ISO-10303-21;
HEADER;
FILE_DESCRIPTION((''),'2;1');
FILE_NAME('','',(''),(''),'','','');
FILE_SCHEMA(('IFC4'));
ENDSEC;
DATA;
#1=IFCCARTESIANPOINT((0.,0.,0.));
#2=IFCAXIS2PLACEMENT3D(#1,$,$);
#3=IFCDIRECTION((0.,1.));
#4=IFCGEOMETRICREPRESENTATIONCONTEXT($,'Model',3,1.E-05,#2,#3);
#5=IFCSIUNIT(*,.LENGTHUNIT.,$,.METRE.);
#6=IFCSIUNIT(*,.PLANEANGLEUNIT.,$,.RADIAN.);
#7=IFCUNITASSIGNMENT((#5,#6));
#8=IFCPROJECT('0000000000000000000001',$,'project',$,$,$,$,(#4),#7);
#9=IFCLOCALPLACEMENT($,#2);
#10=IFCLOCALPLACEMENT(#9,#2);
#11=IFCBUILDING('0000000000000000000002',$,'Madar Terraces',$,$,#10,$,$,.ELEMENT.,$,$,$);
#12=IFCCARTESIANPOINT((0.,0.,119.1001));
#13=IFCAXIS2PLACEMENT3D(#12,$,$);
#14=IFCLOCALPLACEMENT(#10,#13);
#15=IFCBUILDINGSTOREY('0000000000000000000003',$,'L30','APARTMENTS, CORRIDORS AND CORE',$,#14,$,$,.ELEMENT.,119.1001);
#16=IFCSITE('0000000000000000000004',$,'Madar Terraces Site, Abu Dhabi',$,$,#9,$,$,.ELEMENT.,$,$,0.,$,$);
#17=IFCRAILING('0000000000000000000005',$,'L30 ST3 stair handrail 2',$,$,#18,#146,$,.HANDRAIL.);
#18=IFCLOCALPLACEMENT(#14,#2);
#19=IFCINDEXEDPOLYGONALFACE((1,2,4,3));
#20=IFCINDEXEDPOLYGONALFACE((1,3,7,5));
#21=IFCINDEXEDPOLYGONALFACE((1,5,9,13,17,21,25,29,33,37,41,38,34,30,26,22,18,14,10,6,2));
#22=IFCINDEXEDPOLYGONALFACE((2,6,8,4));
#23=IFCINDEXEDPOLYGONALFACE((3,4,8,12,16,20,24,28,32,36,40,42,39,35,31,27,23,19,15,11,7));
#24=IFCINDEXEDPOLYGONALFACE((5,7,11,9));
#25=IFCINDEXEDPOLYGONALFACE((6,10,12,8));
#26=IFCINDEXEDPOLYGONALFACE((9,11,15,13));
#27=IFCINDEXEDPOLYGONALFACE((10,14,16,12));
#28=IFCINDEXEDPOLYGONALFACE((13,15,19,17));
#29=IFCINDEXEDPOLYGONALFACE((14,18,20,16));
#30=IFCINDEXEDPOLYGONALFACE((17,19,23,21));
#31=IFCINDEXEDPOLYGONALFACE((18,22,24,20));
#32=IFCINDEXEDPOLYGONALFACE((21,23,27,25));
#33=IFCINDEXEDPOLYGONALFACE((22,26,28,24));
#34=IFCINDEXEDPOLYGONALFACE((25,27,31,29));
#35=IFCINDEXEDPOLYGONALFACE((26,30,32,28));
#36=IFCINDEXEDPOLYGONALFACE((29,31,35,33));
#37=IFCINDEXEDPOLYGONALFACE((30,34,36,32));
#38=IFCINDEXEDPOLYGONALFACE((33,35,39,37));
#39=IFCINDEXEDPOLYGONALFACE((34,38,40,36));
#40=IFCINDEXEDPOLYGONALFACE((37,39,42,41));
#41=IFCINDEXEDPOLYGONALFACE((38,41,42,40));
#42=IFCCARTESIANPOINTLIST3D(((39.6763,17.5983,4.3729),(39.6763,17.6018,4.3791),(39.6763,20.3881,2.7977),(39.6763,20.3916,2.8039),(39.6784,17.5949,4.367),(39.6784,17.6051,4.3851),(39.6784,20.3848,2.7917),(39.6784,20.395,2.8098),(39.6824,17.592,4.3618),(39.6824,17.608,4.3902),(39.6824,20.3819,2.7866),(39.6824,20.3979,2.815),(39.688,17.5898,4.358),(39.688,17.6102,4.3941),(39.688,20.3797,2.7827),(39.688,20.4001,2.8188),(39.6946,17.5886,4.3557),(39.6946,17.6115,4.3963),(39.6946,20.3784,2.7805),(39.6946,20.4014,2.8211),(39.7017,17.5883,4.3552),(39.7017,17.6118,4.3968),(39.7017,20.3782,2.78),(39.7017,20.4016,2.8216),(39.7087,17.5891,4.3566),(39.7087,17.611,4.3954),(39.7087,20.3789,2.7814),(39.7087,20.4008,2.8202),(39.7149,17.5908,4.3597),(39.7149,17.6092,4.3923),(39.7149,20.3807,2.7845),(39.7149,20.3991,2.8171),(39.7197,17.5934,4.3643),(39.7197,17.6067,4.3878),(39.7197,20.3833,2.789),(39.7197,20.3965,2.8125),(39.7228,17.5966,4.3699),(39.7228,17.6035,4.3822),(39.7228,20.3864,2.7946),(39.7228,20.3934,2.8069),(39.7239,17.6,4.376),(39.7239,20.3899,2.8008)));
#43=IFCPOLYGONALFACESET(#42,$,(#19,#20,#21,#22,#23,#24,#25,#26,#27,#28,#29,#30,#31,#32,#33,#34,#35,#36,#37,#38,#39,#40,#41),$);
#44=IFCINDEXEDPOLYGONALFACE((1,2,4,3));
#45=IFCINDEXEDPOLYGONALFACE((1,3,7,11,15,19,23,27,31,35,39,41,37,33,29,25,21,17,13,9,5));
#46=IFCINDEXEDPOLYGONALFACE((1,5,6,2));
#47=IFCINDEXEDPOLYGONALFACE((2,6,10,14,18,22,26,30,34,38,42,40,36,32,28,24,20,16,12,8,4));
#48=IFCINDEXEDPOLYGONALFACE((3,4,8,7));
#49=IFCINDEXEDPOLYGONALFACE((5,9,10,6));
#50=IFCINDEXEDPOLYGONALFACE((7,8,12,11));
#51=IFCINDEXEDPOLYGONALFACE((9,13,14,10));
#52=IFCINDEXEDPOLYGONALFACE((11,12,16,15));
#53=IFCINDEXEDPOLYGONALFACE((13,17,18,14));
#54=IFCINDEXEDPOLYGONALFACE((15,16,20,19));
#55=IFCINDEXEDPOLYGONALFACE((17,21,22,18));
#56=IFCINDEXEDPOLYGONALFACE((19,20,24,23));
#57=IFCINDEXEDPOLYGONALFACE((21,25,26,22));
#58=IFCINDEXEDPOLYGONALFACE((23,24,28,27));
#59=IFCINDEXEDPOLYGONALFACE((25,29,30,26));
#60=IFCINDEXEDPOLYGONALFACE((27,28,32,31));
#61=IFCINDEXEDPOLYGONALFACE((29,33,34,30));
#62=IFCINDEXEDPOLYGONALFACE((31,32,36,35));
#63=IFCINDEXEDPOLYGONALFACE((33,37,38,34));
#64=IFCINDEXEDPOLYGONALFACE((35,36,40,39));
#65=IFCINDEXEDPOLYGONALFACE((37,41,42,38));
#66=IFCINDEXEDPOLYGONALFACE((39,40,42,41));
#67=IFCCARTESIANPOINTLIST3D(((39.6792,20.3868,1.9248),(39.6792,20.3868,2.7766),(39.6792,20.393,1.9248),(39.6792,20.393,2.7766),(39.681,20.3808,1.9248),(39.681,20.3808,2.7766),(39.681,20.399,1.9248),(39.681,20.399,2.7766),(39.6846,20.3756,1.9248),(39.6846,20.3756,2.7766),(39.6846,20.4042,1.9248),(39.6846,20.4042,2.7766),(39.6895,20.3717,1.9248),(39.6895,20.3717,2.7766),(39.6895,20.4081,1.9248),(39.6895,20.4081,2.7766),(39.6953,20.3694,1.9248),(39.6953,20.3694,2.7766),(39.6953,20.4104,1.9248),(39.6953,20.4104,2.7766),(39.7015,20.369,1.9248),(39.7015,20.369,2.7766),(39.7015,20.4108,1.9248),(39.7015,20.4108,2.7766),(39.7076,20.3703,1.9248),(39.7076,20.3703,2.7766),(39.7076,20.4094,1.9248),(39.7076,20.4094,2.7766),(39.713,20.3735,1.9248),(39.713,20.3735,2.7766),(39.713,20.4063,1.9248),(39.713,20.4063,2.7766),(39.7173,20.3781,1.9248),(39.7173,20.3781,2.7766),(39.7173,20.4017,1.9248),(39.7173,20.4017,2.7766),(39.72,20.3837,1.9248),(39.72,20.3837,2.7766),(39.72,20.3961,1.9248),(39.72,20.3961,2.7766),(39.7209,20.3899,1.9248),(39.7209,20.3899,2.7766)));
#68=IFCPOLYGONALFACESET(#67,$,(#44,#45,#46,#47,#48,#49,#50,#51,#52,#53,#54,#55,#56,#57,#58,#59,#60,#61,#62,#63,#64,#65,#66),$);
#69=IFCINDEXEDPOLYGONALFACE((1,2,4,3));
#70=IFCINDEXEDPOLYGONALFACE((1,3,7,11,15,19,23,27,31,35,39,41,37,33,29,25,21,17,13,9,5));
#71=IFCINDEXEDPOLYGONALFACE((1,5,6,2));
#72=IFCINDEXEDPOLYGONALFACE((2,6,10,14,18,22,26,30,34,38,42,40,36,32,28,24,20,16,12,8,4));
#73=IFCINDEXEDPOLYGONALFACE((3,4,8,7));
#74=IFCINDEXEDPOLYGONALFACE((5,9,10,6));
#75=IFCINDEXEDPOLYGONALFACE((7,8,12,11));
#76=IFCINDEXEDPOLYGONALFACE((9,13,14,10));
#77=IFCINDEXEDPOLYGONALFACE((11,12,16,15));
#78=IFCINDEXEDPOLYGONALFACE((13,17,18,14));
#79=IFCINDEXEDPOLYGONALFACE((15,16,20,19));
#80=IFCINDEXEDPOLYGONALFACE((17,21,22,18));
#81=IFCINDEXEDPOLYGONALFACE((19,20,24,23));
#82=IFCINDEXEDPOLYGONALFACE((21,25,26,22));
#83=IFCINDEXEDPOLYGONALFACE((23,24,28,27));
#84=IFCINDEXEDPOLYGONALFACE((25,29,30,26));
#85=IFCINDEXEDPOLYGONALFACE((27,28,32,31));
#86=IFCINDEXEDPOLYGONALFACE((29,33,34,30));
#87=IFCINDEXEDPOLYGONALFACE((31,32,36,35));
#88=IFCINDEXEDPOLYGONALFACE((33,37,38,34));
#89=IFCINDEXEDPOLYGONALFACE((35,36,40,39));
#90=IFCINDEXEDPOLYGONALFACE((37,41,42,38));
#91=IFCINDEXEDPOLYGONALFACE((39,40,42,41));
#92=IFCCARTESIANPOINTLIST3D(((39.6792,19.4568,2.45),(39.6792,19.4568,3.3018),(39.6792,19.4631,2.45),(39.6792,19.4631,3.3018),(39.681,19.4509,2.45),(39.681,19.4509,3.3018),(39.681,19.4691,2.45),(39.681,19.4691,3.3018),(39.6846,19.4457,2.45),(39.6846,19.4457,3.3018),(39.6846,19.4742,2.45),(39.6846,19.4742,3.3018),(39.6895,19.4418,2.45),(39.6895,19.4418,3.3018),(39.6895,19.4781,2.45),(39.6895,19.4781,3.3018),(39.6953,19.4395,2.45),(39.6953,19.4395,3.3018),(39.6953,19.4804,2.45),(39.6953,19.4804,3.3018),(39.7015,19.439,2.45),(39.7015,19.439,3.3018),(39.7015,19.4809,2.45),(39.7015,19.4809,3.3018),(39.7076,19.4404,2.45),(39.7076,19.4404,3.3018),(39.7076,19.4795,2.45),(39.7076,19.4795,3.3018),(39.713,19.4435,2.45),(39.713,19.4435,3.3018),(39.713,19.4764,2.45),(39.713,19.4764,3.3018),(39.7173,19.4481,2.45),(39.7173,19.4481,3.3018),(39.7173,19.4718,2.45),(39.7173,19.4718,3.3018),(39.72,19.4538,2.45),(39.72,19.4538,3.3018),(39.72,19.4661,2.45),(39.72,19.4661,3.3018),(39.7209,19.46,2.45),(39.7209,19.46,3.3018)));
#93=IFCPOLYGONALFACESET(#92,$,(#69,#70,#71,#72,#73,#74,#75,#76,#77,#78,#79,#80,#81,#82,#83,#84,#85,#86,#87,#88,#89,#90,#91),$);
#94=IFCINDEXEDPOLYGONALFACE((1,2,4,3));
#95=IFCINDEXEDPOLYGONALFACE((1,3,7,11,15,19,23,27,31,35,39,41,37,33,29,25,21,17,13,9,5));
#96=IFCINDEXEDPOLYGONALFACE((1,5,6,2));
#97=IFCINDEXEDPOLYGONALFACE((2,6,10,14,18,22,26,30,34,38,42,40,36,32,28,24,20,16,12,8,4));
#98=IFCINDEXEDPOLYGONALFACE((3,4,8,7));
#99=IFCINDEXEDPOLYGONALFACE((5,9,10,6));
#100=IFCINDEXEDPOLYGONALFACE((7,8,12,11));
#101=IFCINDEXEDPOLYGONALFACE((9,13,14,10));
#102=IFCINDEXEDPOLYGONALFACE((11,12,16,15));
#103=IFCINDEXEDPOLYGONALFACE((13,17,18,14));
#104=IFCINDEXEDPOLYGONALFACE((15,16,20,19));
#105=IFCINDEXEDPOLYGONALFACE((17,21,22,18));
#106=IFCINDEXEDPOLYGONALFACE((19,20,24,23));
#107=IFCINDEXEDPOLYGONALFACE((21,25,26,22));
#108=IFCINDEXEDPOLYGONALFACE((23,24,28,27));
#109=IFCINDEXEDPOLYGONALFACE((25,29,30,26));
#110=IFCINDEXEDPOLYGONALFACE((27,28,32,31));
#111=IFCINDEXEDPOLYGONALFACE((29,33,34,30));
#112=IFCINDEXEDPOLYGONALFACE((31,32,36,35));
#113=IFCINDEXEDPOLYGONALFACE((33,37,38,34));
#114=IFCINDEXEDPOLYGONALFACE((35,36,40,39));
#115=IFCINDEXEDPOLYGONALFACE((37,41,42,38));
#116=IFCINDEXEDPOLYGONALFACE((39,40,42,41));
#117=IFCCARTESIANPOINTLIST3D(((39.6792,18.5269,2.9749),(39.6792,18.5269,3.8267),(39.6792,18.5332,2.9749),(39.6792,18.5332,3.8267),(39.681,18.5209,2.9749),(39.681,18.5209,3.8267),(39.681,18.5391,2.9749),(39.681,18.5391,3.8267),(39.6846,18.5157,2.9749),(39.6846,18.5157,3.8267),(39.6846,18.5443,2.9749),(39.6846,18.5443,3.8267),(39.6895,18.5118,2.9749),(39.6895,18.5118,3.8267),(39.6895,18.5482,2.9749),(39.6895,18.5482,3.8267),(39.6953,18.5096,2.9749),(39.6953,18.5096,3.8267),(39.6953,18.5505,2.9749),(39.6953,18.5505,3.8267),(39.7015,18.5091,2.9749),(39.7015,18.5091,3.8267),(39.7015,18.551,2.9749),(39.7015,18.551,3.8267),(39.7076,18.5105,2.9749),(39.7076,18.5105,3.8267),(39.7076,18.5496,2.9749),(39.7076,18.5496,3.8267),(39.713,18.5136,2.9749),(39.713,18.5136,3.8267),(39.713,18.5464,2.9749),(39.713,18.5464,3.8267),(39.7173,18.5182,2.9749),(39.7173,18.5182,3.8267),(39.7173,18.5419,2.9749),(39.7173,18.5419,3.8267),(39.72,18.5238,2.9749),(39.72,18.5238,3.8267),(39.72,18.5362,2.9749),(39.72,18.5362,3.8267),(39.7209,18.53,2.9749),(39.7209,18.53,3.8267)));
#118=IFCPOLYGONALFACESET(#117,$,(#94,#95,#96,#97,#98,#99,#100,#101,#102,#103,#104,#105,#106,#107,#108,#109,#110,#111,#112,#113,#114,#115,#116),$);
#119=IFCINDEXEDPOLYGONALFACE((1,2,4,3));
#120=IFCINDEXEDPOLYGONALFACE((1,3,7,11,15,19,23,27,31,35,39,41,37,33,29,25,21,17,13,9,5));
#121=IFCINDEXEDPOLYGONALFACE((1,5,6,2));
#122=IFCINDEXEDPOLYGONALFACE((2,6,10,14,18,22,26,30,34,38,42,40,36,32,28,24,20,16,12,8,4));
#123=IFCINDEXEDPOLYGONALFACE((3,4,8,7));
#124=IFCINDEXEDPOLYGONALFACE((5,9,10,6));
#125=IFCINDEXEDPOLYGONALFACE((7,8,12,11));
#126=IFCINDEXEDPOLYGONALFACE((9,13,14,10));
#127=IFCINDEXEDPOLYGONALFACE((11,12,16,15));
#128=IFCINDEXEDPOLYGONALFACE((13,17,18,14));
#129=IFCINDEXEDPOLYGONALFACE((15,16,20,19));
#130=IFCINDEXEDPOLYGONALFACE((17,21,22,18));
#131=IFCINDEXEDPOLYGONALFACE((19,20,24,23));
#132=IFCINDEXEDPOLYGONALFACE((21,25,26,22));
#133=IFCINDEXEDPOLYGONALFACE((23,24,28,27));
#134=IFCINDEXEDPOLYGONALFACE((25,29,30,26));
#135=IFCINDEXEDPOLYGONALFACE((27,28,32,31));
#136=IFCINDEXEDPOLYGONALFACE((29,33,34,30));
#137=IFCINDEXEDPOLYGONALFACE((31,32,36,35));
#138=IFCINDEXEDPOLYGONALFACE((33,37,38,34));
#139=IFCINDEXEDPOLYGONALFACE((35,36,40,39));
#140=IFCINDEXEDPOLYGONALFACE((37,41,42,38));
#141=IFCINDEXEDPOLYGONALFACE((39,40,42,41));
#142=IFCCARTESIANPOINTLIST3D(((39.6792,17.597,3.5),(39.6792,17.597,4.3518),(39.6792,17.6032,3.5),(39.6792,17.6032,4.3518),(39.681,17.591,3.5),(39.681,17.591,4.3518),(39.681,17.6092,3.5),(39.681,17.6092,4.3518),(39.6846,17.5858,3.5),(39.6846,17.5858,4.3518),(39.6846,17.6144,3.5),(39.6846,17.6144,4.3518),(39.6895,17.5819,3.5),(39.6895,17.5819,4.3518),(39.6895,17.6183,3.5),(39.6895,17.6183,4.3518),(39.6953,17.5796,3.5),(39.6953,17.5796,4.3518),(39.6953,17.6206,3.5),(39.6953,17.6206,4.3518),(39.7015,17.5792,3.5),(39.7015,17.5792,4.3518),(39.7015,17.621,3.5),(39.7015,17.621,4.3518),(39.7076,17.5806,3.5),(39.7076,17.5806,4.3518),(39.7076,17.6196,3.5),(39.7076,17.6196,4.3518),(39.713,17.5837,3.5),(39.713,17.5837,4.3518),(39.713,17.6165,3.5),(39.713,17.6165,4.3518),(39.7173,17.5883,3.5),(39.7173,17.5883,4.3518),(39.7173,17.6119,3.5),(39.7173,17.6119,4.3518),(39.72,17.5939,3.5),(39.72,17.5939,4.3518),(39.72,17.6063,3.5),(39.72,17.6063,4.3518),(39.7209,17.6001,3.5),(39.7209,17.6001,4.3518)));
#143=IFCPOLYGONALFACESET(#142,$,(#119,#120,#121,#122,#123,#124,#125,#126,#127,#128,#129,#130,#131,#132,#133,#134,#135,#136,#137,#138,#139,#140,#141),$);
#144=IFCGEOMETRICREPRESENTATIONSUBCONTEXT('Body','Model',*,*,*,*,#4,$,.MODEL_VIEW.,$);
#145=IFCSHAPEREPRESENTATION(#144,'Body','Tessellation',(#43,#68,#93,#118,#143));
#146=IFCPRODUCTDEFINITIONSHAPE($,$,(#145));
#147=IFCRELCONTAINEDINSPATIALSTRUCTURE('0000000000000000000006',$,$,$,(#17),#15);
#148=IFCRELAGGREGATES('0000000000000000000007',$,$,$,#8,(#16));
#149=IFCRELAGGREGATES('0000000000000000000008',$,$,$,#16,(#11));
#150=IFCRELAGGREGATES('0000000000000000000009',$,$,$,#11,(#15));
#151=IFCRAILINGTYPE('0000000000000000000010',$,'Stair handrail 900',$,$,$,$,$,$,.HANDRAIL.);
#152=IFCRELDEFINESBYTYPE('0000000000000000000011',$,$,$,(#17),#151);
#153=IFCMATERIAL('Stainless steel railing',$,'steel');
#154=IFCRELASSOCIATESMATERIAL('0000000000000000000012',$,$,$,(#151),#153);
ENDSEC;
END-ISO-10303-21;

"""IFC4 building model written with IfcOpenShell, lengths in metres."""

from ifc_helpers import new_model, si_unit, direction, frame, origin, origin_2d, place, context, subcontext, project, spatial, circle, extrude, material, type_object, element, save


model = new_model("IFC4")

# Units and contexts
model_context = context("Model", 3, precision=1e-05, world=origin(), true_north=direction((0.0, 1.0)))
body_context = subcontext(model_context, "Body", "Model", "MODEL_VIEW")
ifc_project = project(units=[si_unit("LENGTHUNIT", "METRE"), si_unit("PLANEANGLEUNIT", "RADIAN")], contexts=[model_context])

# Site, building, storey
site_placement = place(None, origin())
site = spatial("IfcSite", under=ifc_project, at=site_placement, Name="Madar Terraces Site, Abu Dhabi", CompositionType="ELEMENT", RefElevation=0.0)
building_placement = place(site_placement, origin())
building = spatial("IfcBuilding", under=site, at=building_placement, Name="Madar Terraces", CompositionType="ELEMENT")
storey_placement = place(building_placement, frame((0.0, 0.0, 119.1001)))
storey = spatial("IfcBuildingStorey", under=building, at=storey_placement, Name="L30", Description="APARTMENTS, CORRIDORS AND CORE", CompositionType="ELEMENT", Elevation=119.1001)

# Railing
ifc_material_1 = material(Name="Stainless steel railing", Category="steel")
railing_type_1 = type_object("IfcRailingType", Name="Stair handrail 900", PredefinedType="HANDRAIL", material=ifc_material_1)
railing_1_placement = place(storey_placement, frame((39.7, 20.3899, 1.9248)))
element("IfcRailing", 1, at=railing_1_placement, inside=storey, type_object=railing_type_1, Name="L30 ST3 stair handrail 2", PredefinedType="HANDRAIL", context=body_context, shape_type="SweptSolid", body=[
    extrude(circle(Radius=0.0239, at=origin_2d()), frame((0.0, 0.0, 0.876), z_axis=(0.0, -0.870783, 0.491668), x_axis=(1.0, 0.0, 0.0)), (0.0, 0.0, 1.0), 3.2039),
    extrude(circle(Radius=0.021, at=origin_2d()), origin(), (0.0, 0.0, 1.0), 0.8518),
    extrude(circle(Radius=0.021, at=origin_2d()), frame((0.0, -0.9299, 0.5251)), (0.0, 0.0, 1.0), 0.8518),
    extrude(circle(Radius=0.021, at=origin_2d()), frame((0.0, -1.8599, 1.05)), (0.0, 0.0, 1.0), 0.8518),
    extrude(circle(Radius=0.021, at=origin_2d()), frame((0.0, -2.7898, 1.5752)), (0.0, 0.0, 1.0), 0.8518),
])

save(model, "model.ifc")
